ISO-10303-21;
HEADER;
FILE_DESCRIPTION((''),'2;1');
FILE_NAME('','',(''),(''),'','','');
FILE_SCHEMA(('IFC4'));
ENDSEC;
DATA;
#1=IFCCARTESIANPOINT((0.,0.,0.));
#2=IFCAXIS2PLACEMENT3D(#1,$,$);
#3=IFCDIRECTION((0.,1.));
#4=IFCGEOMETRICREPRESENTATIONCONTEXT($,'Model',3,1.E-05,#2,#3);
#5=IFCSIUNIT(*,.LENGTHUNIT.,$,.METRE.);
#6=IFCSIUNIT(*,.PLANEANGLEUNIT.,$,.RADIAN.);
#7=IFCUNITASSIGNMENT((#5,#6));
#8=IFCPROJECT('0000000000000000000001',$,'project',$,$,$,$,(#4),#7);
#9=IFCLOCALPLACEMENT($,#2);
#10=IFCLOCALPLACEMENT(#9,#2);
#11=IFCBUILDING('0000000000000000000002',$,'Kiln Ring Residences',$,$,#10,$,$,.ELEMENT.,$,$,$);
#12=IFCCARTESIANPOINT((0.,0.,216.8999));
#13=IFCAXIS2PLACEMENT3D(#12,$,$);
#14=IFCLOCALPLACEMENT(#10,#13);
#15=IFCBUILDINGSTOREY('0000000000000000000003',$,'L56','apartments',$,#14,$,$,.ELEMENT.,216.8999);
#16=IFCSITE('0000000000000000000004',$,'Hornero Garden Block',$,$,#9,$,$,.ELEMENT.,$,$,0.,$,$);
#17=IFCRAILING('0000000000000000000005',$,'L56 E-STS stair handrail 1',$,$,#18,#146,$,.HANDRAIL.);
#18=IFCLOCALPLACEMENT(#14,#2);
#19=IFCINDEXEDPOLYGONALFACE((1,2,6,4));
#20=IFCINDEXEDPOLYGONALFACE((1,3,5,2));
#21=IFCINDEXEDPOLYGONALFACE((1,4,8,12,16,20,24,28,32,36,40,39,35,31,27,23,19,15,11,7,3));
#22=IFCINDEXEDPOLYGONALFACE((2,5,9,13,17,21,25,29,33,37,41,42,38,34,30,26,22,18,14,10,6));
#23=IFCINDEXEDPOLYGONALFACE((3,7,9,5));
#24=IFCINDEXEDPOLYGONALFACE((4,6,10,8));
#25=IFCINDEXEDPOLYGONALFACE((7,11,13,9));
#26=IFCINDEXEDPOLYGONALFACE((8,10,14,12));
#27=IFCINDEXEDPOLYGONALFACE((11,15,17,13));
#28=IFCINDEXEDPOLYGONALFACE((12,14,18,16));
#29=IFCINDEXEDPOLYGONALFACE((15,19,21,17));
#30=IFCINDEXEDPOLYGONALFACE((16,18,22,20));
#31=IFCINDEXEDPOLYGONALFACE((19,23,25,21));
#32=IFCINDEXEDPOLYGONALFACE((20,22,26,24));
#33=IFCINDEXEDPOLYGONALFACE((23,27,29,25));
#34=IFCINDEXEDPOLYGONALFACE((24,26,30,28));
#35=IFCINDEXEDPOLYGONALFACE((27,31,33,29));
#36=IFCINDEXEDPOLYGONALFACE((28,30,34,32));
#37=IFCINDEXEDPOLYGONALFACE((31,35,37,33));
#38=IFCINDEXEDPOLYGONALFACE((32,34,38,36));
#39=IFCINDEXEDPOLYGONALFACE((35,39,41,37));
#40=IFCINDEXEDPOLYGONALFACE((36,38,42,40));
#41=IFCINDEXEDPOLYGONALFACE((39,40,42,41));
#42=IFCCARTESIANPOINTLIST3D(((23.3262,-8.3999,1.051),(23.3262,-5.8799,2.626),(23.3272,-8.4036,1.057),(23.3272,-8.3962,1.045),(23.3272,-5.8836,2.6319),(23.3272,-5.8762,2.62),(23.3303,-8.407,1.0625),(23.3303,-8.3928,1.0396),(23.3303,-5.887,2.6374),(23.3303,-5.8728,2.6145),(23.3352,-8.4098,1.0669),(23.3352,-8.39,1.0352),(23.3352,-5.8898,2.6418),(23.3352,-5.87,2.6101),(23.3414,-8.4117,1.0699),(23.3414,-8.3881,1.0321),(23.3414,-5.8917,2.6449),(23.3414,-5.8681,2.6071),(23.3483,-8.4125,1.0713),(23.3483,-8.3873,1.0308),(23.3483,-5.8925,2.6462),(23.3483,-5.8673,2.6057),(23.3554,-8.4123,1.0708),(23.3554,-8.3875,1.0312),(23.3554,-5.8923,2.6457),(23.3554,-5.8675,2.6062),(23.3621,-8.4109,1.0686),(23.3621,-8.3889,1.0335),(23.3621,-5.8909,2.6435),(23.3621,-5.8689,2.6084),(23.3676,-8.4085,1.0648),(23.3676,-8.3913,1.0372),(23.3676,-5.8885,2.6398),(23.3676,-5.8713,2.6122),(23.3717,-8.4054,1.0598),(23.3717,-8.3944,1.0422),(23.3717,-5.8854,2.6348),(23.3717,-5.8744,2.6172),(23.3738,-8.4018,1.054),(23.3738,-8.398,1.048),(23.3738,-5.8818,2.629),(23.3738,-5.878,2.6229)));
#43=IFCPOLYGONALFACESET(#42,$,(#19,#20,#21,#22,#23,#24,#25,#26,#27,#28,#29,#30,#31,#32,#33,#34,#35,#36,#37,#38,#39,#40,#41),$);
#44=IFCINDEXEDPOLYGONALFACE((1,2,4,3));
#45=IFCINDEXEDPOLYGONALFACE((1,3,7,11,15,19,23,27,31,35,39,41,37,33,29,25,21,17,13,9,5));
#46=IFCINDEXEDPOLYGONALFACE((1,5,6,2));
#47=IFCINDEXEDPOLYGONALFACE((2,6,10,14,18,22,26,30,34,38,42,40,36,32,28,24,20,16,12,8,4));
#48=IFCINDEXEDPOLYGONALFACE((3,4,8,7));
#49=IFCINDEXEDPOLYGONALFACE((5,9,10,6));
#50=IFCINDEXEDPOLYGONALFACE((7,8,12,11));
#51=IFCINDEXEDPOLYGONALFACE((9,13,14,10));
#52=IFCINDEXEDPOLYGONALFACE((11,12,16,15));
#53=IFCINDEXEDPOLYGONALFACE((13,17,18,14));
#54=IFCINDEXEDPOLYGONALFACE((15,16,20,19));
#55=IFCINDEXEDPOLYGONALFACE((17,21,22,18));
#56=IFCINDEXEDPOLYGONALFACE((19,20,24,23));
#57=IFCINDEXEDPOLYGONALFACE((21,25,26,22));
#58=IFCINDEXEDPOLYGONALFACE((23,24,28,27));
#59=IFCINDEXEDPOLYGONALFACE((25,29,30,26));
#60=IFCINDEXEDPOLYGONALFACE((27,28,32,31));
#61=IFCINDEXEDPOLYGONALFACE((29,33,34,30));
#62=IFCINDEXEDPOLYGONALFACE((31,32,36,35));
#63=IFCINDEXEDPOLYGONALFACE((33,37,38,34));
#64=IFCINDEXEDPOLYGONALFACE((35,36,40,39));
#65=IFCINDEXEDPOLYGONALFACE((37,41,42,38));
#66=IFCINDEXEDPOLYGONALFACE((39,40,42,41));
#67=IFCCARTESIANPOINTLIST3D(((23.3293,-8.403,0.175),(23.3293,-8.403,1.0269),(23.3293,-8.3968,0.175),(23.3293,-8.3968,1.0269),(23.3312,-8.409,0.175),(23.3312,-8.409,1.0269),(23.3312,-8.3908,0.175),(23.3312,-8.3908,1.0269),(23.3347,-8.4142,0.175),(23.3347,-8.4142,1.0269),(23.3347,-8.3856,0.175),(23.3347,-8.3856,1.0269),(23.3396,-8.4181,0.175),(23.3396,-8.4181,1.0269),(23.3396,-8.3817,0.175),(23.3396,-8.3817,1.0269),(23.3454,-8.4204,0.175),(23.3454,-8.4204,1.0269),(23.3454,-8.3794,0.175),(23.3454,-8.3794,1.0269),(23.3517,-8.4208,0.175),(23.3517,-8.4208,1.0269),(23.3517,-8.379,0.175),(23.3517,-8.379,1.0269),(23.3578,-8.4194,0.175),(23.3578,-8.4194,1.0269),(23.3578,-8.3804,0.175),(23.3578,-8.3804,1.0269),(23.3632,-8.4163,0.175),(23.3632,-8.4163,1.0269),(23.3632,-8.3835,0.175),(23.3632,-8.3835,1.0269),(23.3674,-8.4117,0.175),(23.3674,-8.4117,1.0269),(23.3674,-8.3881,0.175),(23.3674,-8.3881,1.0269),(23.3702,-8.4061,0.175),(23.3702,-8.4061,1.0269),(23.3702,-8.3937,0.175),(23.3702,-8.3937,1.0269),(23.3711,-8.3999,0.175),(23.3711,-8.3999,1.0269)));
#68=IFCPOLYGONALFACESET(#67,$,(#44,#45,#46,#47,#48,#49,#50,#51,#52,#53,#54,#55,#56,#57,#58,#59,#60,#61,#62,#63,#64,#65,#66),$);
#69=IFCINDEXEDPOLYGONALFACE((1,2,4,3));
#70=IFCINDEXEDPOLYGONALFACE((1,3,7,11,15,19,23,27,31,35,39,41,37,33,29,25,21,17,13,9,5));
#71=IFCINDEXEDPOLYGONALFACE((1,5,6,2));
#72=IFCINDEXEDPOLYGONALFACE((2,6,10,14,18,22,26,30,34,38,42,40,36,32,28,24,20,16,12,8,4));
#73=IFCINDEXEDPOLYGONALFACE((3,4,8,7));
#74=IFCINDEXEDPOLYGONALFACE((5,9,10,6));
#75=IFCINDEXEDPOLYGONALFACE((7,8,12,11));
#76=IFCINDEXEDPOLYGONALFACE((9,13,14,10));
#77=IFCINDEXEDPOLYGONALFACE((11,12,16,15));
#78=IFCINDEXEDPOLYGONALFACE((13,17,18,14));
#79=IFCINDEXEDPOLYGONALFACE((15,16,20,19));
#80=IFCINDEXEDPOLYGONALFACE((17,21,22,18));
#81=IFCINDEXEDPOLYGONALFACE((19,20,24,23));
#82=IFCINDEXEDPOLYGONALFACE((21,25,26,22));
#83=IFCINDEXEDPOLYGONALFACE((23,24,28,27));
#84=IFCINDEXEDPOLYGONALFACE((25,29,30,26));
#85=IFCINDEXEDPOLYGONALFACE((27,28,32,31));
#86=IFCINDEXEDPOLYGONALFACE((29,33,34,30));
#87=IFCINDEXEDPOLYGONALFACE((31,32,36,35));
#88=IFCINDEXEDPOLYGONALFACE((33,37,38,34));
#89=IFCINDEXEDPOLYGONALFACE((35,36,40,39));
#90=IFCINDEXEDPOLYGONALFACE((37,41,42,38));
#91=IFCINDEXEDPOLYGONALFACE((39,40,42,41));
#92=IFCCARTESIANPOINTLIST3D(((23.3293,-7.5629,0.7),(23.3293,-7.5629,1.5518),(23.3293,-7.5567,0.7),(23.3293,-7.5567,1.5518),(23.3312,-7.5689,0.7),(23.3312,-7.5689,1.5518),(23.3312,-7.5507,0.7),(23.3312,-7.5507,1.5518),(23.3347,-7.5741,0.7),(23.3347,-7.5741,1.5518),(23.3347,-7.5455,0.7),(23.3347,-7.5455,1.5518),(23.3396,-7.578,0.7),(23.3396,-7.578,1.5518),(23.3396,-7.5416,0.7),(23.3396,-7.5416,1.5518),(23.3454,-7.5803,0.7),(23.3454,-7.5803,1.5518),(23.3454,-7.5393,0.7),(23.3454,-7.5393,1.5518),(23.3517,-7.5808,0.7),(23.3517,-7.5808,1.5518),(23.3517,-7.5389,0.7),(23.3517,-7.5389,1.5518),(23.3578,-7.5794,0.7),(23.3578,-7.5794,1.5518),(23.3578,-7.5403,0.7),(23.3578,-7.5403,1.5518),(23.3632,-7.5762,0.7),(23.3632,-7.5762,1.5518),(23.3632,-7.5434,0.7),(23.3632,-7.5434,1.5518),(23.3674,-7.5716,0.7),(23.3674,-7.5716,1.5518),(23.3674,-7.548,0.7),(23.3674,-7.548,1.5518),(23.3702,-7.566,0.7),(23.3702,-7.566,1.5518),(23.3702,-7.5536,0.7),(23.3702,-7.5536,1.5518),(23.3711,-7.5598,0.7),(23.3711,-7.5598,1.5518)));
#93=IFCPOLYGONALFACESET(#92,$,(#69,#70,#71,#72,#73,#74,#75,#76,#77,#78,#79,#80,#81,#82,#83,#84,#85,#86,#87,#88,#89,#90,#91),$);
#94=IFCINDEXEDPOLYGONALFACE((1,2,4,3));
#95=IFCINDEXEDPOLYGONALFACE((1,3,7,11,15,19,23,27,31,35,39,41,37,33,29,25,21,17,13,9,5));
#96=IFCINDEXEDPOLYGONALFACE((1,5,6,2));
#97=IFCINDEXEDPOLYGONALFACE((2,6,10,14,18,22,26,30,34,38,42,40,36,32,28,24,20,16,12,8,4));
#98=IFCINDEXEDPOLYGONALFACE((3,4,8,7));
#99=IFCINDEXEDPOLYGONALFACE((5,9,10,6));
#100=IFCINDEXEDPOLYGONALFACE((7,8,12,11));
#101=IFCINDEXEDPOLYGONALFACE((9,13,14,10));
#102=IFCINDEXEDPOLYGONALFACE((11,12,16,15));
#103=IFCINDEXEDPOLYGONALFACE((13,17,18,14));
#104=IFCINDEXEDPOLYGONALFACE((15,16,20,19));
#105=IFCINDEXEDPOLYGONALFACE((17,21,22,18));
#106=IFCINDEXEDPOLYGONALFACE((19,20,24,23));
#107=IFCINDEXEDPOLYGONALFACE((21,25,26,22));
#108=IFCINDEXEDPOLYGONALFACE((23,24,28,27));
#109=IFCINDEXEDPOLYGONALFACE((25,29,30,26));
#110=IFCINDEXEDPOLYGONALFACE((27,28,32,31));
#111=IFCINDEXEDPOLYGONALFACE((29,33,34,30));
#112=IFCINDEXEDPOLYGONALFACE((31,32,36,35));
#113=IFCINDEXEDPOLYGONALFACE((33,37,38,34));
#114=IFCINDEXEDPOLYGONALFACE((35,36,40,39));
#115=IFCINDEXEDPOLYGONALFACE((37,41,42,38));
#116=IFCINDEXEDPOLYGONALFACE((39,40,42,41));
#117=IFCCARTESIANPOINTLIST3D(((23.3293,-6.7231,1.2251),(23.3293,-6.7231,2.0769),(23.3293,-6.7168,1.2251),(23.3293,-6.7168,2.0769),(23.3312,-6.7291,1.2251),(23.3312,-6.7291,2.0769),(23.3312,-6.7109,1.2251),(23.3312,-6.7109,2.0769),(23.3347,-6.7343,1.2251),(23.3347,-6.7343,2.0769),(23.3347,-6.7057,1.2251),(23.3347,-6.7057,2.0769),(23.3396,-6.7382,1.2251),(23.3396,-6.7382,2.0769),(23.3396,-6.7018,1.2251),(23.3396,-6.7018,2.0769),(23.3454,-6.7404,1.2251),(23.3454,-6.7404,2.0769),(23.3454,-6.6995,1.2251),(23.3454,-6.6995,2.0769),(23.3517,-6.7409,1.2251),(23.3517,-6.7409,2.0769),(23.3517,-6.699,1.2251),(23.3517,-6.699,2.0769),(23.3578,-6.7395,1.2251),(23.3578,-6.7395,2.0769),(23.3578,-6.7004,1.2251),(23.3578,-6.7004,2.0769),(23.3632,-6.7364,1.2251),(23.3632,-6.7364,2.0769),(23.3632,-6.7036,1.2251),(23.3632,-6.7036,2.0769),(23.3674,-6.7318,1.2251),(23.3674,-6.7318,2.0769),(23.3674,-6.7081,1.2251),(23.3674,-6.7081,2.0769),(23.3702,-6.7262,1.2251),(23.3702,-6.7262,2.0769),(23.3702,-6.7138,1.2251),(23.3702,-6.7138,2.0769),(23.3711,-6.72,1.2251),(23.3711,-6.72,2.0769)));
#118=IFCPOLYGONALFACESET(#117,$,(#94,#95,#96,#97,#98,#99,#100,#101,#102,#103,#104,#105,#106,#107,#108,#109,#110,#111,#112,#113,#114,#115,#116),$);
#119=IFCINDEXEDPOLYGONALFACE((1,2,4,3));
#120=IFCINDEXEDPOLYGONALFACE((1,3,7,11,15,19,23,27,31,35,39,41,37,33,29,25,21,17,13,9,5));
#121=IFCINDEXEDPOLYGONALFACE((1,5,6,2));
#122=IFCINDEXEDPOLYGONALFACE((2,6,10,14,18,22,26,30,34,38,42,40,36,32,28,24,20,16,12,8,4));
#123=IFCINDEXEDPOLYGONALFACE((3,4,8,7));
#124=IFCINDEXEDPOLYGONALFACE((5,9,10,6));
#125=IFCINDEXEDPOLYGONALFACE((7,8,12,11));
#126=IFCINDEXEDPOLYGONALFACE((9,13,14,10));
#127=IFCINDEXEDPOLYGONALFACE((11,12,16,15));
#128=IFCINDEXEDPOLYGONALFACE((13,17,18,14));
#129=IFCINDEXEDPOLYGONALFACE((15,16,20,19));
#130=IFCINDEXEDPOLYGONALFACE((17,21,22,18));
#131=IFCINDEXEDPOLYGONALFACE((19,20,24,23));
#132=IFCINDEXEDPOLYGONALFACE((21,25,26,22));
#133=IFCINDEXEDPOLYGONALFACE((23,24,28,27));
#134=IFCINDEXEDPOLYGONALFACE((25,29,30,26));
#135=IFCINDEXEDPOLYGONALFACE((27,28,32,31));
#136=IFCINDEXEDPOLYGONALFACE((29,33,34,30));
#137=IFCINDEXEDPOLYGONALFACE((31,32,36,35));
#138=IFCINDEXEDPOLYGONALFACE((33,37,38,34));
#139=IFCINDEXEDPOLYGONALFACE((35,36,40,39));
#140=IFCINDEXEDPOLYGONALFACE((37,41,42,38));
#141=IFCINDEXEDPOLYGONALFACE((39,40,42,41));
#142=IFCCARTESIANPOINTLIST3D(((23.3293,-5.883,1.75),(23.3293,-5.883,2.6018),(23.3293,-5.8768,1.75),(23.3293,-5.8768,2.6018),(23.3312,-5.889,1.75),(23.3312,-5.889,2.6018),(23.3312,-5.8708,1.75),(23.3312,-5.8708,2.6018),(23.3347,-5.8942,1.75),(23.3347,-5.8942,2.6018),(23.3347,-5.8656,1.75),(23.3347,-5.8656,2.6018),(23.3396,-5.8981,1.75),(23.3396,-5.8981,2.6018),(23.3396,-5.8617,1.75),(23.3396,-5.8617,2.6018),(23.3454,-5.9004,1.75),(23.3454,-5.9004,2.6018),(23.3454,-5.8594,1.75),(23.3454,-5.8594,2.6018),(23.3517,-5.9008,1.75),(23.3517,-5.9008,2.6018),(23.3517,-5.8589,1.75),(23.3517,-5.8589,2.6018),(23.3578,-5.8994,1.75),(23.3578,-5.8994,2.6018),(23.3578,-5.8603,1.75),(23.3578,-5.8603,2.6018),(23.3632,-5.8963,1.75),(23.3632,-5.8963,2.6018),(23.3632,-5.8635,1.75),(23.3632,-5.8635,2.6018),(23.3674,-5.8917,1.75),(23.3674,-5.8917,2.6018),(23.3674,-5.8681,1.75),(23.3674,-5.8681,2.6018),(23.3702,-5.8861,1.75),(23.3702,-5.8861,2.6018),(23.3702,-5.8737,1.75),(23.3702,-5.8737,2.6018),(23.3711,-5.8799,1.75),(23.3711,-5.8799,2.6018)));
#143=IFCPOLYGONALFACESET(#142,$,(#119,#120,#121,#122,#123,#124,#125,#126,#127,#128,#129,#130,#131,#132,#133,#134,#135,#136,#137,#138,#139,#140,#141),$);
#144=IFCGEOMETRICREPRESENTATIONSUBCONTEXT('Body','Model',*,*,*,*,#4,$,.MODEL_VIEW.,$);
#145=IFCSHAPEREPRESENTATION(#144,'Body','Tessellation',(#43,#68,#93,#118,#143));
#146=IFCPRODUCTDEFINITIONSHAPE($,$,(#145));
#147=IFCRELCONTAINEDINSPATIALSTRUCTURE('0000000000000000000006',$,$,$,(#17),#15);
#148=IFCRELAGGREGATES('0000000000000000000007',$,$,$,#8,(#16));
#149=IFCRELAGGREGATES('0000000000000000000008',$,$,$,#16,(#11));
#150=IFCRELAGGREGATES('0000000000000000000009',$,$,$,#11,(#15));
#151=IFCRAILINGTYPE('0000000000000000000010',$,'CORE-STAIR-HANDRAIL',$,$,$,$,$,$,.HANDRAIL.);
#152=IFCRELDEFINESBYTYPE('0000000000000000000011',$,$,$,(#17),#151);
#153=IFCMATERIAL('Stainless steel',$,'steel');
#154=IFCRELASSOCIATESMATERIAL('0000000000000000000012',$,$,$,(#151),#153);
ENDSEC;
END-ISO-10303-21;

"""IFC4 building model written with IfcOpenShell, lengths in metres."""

from ifc_helpers import new_model, si_unit, direction, frame, origin, origin_2d, place, context, subcontext, project, spatial, circle, extrude, material, type_object, element, save


model = new_model("IFC4")

# Units and contexts
model_context = context("Model", 3, precision=1e-05, world=origin(), true_north=direction((0.0, 1.0)))
body_context = subcontext(model_context, "Body", "Model", "MODEL_VIEW")
ifc_project = project(units=[si_unit("LENGTHUNIT", "METRE"), si_unit("PLANEANGLEUNIT", "RADIAN")], contexts=[model_context])

# Site, building, storey
site_placement = place(None, origin())
site = spatial("IfcSite", under=ifc_project, at=site_placement, Name="Hornero Garden Block", CompositionType="ELEMENT", RefElevation=0.0)
building_placement = place(site_placement, origin())
building = spatial("IfcBuilding", under=site, at=building_placement, Name="Kiln Ring Residences", CompositionType="ELEMENT")
storey_placement = place(building_placement, frame((0.0, 0.0, 216.8999)))
storey = spatial("IfcBuildingStorey", under=building, at=storey_placement, Name="L56", Description="apartments", CompositionType="ELEMENT", Elevation=216.8999)

# Railing
ifc_material_1 = material(Name="Stainless steel", Category="steel")
railing_type_1 = type_object("IfcRailingType", Name="CORE-STAIR-HANDRAIL", PredefinedType="HANDRAIL", material=ifc_material_1)
railing_1_placement = place(storey_placement, frame((23.3501, -8.3999, 0.175)))
element("IfcRailing", 1, at=railing_1_placement, inside=storey, type_object=railing_type_1, Name="L56 E-STS stair handrail 1", PredefinedType="HANDRAIL", context=body_context, shape_type="SweptSolid", body=[
    extrude(circle(Radius=0.0239, at=origin_2d()), frame((0.0, 0.0, 0.876), z_axis=(0.0, 0.848008, 0.529984), x_axis=(-1.0, 0.0, 0.0)), (0.0, 0.0, 1.0), 2.9717),
    extrude(circle(Radius=0.021, at=origin_2d()), origin(), (0.0, 0.0, 1.0), 0.8518),
    extrude(circle(Radius=0.021, at=origin_2d()), frame((0.0, 0.8401, 0.5249)), (0.0, 0.0, 1.0), 0.8518),
    extrude(circle(Radius=0.021, at=origin_2d()), frame((0.0, 1.6799, 1.05)), (0.0, 0.0, 1.0), 0.8518),
    extrude(circle(Radius=0.021, at=origin_2d()), frame((0.0, 2.52, 1.575)), (0.0, 0.0, 1.0), 0.8518),
])

save(model, "model.ifc")
